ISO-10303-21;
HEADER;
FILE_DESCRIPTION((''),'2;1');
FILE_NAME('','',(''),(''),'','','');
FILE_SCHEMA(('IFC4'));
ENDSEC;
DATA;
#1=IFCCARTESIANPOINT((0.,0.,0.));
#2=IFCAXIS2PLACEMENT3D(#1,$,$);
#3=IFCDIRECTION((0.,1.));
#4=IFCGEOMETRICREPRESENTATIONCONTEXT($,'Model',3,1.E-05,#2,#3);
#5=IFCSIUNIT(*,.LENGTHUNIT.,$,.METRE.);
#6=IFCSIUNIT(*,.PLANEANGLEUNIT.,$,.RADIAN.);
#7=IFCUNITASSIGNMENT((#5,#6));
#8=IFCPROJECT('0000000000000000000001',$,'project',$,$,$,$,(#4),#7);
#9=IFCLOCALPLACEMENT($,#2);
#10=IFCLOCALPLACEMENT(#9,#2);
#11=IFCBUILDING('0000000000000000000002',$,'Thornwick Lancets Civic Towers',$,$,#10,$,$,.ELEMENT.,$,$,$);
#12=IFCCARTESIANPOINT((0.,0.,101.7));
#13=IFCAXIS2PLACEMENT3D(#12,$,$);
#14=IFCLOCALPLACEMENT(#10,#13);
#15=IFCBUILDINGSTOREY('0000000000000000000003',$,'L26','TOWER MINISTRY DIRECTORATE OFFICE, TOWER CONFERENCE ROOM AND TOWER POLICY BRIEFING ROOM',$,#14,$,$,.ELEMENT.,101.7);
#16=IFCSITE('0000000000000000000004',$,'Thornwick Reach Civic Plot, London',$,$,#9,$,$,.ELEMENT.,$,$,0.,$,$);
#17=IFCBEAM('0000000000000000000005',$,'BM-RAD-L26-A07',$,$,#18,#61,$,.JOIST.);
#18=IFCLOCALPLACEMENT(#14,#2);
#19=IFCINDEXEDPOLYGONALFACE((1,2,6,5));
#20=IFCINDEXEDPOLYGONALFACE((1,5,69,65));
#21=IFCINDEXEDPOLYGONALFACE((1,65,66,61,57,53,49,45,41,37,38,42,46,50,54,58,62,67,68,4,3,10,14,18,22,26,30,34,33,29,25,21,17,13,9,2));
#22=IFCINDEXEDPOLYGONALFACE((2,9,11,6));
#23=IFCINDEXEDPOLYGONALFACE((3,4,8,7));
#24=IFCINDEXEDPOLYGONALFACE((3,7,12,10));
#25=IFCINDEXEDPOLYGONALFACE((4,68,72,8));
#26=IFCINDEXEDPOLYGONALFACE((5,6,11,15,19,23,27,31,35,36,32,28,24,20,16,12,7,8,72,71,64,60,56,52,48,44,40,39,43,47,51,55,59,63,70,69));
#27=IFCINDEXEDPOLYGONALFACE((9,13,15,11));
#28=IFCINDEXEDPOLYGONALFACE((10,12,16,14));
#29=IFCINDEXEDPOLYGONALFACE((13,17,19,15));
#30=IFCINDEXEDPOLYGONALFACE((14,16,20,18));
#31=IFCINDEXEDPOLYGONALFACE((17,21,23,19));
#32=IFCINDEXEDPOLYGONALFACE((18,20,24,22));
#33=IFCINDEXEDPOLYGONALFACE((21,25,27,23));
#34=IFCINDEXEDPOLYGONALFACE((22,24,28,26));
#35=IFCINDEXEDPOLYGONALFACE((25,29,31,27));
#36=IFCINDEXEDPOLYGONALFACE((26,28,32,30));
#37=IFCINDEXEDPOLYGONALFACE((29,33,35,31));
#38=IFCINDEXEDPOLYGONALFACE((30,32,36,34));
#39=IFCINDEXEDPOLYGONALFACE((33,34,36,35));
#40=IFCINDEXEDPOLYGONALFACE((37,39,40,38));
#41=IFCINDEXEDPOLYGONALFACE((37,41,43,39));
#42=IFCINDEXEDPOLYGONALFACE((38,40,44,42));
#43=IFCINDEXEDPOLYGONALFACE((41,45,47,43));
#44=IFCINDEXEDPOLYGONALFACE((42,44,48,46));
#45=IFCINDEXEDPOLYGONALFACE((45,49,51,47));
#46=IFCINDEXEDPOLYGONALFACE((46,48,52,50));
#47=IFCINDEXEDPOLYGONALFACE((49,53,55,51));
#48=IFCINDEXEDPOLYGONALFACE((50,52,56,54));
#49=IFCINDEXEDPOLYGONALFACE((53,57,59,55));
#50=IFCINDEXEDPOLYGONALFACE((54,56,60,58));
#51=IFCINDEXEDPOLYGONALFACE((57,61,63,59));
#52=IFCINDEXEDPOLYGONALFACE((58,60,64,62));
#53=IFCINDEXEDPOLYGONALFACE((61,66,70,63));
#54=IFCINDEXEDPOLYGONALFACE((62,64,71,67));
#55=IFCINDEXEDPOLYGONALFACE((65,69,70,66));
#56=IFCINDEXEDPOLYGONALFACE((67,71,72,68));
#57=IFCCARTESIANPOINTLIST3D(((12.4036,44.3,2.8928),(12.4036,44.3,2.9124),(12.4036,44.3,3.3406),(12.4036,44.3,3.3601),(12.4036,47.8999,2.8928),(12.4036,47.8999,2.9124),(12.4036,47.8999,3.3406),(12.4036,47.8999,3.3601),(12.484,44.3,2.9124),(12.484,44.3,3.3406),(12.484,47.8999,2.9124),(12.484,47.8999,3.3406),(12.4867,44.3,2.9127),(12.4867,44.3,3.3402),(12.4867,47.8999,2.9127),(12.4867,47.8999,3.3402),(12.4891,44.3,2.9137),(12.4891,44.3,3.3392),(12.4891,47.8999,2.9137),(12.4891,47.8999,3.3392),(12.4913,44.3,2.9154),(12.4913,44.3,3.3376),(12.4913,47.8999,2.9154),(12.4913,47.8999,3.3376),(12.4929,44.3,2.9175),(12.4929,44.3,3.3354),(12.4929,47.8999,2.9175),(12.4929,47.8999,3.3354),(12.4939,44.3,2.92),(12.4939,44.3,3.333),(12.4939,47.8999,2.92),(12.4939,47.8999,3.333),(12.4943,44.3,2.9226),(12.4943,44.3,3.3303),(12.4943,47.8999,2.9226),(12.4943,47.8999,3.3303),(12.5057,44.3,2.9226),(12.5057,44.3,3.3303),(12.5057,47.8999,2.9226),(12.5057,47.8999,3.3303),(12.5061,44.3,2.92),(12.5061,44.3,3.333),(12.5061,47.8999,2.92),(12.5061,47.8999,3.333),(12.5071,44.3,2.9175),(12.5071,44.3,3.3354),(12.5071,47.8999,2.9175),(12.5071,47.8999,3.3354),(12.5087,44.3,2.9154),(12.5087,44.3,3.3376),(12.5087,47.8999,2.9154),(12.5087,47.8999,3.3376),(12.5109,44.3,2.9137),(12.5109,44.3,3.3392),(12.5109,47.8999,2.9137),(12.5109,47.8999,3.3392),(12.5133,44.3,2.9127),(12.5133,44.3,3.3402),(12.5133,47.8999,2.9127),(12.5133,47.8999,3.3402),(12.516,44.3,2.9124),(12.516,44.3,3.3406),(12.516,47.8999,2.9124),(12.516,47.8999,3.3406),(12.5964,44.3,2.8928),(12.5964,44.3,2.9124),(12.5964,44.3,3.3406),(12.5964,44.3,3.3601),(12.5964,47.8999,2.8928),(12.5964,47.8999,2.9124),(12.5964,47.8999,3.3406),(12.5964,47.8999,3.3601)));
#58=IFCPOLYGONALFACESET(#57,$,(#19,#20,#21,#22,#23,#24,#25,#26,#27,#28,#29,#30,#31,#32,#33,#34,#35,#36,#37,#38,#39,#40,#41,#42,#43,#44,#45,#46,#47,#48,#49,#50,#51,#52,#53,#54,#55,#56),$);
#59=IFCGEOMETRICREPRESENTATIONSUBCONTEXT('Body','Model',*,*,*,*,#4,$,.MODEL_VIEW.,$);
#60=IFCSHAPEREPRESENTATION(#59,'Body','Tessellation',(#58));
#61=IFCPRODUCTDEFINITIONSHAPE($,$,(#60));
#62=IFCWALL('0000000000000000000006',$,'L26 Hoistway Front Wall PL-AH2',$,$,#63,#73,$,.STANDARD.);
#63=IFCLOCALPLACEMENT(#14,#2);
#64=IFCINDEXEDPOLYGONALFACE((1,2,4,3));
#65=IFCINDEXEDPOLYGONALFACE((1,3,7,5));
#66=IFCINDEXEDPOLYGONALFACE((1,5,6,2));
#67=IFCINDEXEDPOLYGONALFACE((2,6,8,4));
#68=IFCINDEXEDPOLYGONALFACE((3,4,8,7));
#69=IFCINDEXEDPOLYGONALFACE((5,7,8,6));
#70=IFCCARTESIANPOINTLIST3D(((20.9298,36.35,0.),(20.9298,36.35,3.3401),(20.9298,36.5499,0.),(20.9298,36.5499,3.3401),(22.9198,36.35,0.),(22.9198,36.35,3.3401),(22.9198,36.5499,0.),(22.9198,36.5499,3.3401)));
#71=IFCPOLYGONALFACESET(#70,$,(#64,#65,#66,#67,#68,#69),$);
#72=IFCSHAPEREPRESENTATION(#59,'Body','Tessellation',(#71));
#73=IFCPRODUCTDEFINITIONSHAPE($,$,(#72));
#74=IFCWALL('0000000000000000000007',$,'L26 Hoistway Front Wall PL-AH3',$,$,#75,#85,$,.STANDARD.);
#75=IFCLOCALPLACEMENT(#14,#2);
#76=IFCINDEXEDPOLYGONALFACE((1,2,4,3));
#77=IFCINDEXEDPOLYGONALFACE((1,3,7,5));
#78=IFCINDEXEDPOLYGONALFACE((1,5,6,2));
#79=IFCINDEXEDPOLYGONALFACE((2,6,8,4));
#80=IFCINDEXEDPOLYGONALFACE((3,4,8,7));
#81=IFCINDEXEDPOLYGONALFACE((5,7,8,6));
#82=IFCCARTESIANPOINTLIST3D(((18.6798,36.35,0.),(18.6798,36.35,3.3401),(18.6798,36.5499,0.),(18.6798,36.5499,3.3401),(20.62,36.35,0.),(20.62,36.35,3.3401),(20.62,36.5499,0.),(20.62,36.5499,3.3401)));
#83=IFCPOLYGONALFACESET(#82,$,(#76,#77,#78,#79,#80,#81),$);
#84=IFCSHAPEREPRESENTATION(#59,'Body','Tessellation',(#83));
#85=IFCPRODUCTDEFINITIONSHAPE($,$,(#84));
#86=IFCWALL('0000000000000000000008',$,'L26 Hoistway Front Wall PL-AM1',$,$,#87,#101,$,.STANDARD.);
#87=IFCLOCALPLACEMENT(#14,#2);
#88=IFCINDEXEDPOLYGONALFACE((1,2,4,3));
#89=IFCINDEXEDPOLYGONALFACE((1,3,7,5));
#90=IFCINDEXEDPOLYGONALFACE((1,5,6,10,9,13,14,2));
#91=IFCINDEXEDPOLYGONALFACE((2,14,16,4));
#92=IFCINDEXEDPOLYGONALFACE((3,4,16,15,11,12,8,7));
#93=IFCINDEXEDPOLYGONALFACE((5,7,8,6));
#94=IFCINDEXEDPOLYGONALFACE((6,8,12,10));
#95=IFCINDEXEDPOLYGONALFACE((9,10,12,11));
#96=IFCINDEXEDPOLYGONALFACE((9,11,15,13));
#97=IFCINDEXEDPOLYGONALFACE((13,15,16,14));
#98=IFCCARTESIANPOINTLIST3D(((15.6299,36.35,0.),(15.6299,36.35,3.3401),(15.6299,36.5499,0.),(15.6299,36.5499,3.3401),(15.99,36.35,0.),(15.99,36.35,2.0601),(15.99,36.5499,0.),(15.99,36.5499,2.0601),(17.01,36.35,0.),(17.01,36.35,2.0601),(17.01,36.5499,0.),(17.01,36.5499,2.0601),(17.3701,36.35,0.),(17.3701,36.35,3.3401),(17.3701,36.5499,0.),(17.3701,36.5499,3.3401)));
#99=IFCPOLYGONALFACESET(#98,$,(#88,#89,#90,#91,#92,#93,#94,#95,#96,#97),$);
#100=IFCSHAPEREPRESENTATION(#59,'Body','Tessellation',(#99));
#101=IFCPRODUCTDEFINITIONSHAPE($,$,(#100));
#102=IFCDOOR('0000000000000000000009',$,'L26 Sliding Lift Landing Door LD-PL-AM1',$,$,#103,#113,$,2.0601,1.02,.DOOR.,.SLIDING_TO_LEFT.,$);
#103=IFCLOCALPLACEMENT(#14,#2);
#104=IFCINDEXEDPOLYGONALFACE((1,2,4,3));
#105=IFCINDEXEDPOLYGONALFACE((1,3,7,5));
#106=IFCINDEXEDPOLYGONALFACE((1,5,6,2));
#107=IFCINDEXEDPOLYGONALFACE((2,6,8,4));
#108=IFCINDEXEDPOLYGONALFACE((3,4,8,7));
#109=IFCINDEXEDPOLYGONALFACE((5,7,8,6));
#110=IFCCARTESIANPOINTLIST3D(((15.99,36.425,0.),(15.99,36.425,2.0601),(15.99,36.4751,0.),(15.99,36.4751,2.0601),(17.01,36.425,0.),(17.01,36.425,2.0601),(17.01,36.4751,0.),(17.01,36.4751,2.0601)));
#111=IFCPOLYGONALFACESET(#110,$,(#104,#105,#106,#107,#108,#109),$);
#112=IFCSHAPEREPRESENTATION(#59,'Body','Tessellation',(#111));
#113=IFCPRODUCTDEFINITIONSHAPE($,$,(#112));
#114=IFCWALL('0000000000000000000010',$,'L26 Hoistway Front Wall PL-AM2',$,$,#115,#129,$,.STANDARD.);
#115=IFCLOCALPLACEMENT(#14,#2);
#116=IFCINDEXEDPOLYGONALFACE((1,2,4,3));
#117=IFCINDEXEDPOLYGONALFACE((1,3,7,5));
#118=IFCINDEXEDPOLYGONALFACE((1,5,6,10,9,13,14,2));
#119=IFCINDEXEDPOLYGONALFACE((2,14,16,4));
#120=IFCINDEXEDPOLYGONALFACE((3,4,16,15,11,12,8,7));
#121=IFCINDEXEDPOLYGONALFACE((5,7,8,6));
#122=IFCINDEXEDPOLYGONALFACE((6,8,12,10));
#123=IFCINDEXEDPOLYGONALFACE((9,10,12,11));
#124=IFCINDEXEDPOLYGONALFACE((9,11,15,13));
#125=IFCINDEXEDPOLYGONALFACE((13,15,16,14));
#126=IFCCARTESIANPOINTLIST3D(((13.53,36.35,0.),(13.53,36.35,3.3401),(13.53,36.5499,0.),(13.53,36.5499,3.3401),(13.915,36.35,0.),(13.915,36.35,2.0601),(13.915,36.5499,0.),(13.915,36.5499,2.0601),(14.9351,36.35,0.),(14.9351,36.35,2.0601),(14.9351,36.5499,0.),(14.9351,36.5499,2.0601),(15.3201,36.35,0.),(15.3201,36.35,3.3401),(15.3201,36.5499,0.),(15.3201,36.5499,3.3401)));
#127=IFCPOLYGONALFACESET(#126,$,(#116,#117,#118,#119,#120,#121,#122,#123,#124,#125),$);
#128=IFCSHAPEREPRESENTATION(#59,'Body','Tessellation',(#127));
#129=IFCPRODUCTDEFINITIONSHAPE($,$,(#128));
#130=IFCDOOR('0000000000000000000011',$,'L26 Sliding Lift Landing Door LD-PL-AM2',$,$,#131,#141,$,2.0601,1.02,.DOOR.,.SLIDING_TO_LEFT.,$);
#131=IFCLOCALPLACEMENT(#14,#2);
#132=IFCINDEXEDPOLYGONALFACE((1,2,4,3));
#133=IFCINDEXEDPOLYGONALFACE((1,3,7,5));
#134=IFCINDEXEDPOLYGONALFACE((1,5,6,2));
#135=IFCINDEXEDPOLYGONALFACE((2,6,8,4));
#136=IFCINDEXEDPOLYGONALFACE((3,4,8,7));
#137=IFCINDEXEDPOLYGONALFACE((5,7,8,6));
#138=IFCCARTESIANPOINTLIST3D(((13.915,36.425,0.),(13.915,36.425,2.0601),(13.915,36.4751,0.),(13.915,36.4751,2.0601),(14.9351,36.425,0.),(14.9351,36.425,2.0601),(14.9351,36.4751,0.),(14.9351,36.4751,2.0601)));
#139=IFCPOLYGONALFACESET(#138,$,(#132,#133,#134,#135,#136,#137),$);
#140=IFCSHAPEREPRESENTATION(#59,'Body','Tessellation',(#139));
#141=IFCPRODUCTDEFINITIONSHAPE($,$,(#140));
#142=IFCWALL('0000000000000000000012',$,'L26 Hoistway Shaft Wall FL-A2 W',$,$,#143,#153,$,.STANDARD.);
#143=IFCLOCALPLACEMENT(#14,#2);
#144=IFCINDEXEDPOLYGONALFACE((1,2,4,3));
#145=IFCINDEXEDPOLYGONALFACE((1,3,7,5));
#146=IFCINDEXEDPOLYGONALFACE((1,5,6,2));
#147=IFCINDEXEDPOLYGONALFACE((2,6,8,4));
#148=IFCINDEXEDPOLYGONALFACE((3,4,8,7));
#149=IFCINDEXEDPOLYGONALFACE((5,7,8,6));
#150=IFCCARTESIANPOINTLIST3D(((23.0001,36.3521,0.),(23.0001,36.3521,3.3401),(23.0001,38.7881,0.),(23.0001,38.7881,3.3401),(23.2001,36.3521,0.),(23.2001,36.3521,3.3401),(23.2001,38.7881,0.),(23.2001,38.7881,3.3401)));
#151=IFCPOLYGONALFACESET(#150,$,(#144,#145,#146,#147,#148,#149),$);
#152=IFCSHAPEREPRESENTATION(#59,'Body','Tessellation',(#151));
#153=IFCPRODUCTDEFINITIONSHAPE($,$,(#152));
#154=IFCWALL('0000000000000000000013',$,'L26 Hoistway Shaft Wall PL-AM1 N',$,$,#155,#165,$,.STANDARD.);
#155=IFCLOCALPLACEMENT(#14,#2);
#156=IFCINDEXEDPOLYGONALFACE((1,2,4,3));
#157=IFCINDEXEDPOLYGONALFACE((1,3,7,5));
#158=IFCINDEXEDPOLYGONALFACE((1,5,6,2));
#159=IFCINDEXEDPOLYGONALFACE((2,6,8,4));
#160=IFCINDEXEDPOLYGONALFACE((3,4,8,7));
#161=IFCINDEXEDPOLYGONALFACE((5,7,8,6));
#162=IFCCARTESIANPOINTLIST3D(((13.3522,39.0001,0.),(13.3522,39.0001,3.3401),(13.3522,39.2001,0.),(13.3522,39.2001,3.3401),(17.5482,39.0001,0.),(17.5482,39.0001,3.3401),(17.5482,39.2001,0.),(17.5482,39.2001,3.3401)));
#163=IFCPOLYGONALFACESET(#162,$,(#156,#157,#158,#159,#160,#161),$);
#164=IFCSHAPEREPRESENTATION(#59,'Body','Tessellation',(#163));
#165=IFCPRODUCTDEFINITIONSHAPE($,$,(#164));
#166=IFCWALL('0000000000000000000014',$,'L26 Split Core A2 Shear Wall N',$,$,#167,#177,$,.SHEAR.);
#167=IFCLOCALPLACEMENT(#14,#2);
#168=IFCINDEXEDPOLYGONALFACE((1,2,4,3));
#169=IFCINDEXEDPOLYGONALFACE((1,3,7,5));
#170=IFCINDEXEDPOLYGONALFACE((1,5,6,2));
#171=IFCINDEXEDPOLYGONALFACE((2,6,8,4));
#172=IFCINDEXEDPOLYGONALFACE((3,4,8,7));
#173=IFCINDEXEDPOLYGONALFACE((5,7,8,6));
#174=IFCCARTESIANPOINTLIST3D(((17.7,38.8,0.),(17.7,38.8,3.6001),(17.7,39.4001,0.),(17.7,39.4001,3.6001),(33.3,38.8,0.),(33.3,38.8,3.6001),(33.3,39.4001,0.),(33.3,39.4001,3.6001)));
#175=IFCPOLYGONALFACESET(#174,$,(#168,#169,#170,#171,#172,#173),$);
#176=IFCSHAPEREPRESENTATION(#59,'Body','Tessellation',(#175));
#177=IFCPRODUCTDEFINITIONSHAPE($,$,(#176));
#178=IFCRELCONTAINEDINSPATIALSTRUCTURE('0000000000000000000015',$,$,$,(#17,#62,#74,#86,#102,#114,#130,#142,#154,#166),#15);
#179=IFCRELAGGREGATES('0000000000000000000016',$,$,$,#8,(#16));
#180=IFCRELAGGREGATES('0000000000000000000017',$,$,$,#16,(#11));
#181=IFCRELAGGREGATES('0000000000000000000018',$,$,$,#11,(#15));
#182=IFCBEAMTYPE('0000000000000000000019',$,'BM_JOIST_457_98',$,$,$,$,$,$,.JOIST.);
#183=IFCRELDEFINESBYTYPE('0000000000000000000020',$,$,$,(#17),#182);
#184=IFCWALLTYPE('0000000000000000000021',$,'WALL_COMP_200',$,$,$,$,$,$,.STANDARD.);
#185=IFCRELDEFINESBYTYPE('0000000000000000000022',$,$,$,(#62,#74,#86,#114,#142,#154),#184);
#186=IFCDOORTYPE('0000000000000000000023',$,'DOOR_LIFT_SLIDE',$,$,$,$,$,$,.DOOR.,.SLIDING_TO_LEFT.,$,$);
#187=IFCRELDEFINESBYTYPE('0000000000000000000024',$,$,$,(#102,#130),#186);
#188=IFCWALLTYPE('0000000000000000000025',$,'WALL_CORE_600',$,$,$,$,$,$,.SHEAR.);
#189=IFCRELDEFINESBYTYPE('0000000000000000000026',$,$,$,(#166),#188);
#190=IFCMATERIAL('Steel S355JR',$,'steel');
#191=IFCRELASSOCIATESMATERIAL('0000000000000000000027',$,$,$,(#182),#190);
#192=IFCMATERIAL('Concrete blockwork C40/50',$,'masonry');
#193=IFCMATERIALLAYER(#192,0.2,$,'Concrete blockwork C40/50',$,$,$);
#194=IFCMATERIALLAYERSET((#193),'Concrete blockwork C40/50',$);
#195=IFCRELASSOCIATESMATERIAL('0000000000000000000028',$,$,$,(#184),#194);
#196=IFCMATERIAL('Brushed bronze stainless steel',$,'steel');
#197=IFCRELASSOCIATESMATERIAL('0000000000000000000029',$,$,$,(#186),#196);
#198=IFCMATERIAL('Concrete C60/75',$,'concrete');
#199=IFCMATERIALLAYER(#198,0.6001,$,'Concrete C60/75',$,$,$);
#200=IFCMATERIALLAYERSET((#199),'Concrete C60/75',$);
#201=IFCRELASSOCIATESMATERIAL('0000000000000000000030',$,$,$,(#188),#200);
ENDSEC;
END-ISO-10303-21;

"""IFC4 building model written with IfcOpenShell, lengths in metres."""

from ifc_helpers import new_model, si_unit, direction, frame, frame_2d, origin, origin_2d, place, context, subcontext, project, spatial, rectangle, i_section, extrude, material, layer, layer_set, material_profile, profile_set, type_object, element, fill, save


model = new_model("IFC4")

# Units and contexts
model_context = context("Model", 3, precision=1e-05, world=origin(), true_north=direction((0.0, 1.0)))
body_context = subcontext(model_context, "Body", "Model", "MODEL_VIEW")
ifc_project = project(units=[si_unit("LENGTHUNIT", "METRE"), si_unit("PLANEANGLEUNIT", "RADIAN")], contexts=[model_context])

# Site, building, storey
site_placement = place(None, origin())
site = spatial("IfcSite", under=ifc_project, at=site_placement, Name="Thornwick Reach Civic Plot, London", CompositionType="ELEMENT", RefElevation=0.0)
building_placement = place(site_placement, origin())
building = spatial("IfcBuilding", under=site, at=building_placement, Name="Thornwick Lancets Civic Towers", CompositionType="ELEMENT")
storey_placement = place(building_placement, frame((0.0, 0.0, 101.7)))
storey = spatial("IfcBuildingStorey", under=building, at=storey_placement, Name="L26", Description="TOWER MINISTRY DIRECTORATE OFFICE, TOWER CONFERENCE ROOM AND TOWER POLICY BRIEFING ROOM", CompositionType="ELEMENT", Elevation=101.7)

# Shared definitions
ifc_material_1 = material(Name="Concrete C60/75", Category="concrete")

# Beam
ifc_material_2 = material(Name="Steel S355JR", Category="steel")
ifc_material_profile_1 = material_profile(ifc_material_2, i_section(OverallWidth=0.1929, OverallDepth=0.4673, WebThickness=0.0115, FlangeThickness=0.0195, FilletRadius=0.0103, at=origin_2d()), Name="UKB 457x191x98")
ifc_profile_set_1 = profile_set([ifc_material_profile_1], Name="Steel S355JR")
beam_type_1 = type_object("IfcBeamType", Name="BM_JOIST_457_98", PredefinedType="JOIST", material=ifc_profile_set_1)
beam_1_placement = place(storey_placement, frame((12.5, 44.3, 3.1265), z_axis=(0.0, 1.0, 0.0), x_axis=(-1.0, 0.0, 0.0)))
element("IfcBeam", 1, at=beam_1_placement, inside=storey, type_object=beam_type_1, Name="BM-RAD-L26-A07", PredefinedType="JOIST", context=body_context, shape_type="SweptSolid", body=[
    extrude(i_section(OverallWidth=0.1929, OverallDepth=0.4673, WebThickness=0.0115, FlangeThickness=0.0195, FilletRadius=0.0103, at=origin_2d()), origin(), (0.0, 0.0, 1.0), 3.5999),
])

# Walls
ifc_material_3 = material(Name="Concrete blockwork C40/50", Category="masonry")
ifc_layer_1 = layer(ifc_material_3, 0.2, Name="Concrete blockwork C40/50")
ifc_layer_set_1 = layer_set([ifc_layer_1], Name="Concrete blockwork C40/50")
wall_type_1 = type_object("IfcWallType", Name="WALL_COMP_200", PredefinedType="STANDARD", material=ifc_layer_set_1)
wall_1_placement = place(storey_placement, frame((22.9199, 36.45, 0.0), z_axis=(0.0, 0.0, 1.0), x_axis=(-1.0, 0.0, 0.0)))
element("IfcWall", 2, at=wall_1_placement, inside=storey, type_object=wall_type_1, Name="L26 Hoistway Front Wall PL-AH2", PredefinedType="STANDARD", context=body_context, shape_type="SweptSolid", body=[
    extrude(rectangle(XDim=1.99, YDim=0.2, at=frame_2d((0.9951, 0.0))), origin(), (0.0, 0.0, 1.0), 3.3401),
])
wall_2_placement = place(storey_placement, frame((20.6201, 36.45, 0.0), z_axis=(0.0, 0.0, 1.0), x_axis=(-1.0, 0.0, 0.0)))
element("IfcWall", 3, at=wall_2_placement, inside=storey, type_object=wall_type_1, Name="L26 Hoistway Front Wall PL-AH3", PredefinedType="STANDARD", context=body_context, shape_type="SweptSolid", body=[
    extrude(rectangle(XDim=1.9402, YDim=0.2, at=frame_2d((0.9702, 0.0))), origin(), (0.0, 0.0, 1.0), 3.3401),
])

# Walls, openings, doors
wall_3_placement = place(storey_placement, frame((17.3701, 36.45, 0.0), z_axis=(0.0, 0.0, 1.0), x_axis=(-1.0, 0.0, 0.0)))
wall_3 = element("IfcWall", 4, at=wall_3_placement, inside=storey, type_object=wall_type_1, Name="L26 Hoistway Front Wall PL-AM1", PredefinedType="STANDARD", context=body_context, shape_type="SweptSolid", body=[
    extrude(rectangle(XDim=1.7402, YDim=0.2, at=frame_2d((0.8701, 0.0))), origin(), (0.0, 0.0, 1.0), 3.3401),
])
opening_1_placement = place(wall_3_placement, frame((0.3601, 0.0, 0.0)))
opening_1 = element("IfcOpeningElement", 5, at=opening_1_placement, cuts=wall_3, PredefinedType="OPENING", context=body_context, shape_type="SweptSolid", body=[
    extrude(rectangle(XDim=1.02, YDim=2.0601, at=frame_2d((0.51, 1.03))), frame((0.0, 0.1099, 0.0), z_axis=(0.0, -1.0, 0.0), x_axis=(1.0, 0.0, 0.0)), (0.0, 0.0, 1.0), 0.22),
])
ifc_material_4 = material(Name="Brushed bronze stainless steel", Category="steel")
door_type = type_object("IfcDoorType", Name="DOOR_LIFT_SLIDE", OperationType="SLIDING_TO_LEFT", PredefinedType="DOOR", material=ifc_material_4)
door_1_placement = place(opening_1_placement, origin())
door_1 = element("IfcDoor", 6, at=door_1_placement, inside=storey, type_object=door_type, Name="L26 Sliding Lift Landing Door LD-PL-AM1", OperationType="SLIDING_TO_LEFT", OverallHeight=2.0601, OverallWidth=1.02, PredefinedType="DOOR", context=body_context, shape_type="SweptSolid", body=[
    extrude(rectangle(XDim=1.02, YDim=2.0601, at=frame_2d((0.51, 1.03))), frame((0.0, 0.0249, 0.0), z_axis=(0.0, -1.0, 0.0), x_axis=(1.0, 0.0, 0.0)), (0.0, 0.0, 1.0), 0.05),
])
fill(opening_1, door_1)
wall_4_placement = place(storey_placement, frame((15.3201, 36.45, 0.0), z_axis=(0.0, 0.0, 1.0), x_axis=(-1.0, 0.0, 0.0)))
wall_4 = element("IfcWall", 7, at=wall_4_placement, inside=storey, type_object=wall_type_1, Name="L26 Hoistway Front Wall PL-AM2", PredefinedType="STANDARD", context=body_context, shape_type="SweptSolid", body=[
    extrude(rectangle(XDim=1.79, YDim=0.2, at=frame_2d((0.895, 0.0))), origin(), (0.0, 0.0, 1.0), 3.3401),
])
opening_2_placement = place(wall_4_placement, frame((0.385, 0.0, 0.0)))
opening_2 = element("IfcOpeningElement", 8, at=opening_2_placement, cuts=wall_4, PredefinedType="OPENING", context=body_context, shape_type="SweptSolid", body=[
    extrude(rectangle(XDim=1.02, YDim=2.0601, at=frame_2d((0.51, 1.03))), frame((0.0, 0.1099, 0.0), z_axis=(0.0, -1.0, 0.0), x_axis=(1.0, 0.0, 0.0)), (0.0, 0.0, 1.0), 0.22),
])
door_2_placement = place(opening_2_placement, origin())
door_2 = element("IfcDoor", 9, at=door_2_placement, inside=storey, type_object=door_type, Name="L26 Sliding Lift Landing Door LD-PL-AM2", OperationType="SLIDING_TO_LEFT", OverallHeight=2.0601, OverallWidth=1.02, PredefinedType="DOOR", context=body_context, shape_type="SweptSolid", body=[
    extrude(rectangle(XDim=1.02, YDim=2.0601, at=frame_2d((0.51, 1.03))), frame((0.0, 0.0249, 0.0), z_axis=(0.0, -1.0, 0.0), x_axis=(1.0, 0.0, 0.0)), (0.0, 0.0, 1.0), 0.05),
])
fill(opening_2, door_2)

# Walls
wall_5_placement = place(storey_placement, frame((23.1001, 36.3521, 0.0), z_axis=(0.0, 0.0, 1.0), x_axis=(0.0, 1.0, 0.0)))
element("IfcWall", 10, at=wall_5_placement, inside=storey, type_object=wall_type_1, Name="L26 Hoistway Shaft Wall FL-A2 W", PredefinedType="STANDARD", context=body_context, shape_type="SweptSolid", body=[
    extrude(rectangle(XDim=2.436, YDim=0.2, at=frame_2d((1.218, 0.0))), origin(), (0.0, 0.0, 1.0), 3.3401),
])
wall_6_placement = place(storey_placement, frame((13.3521, 39.1001, 0.0), z_axis=(0.0, 0.0, 1.0), x_axis=(1.0, 0.0, 0.0)))
element("IfcWall", 11, at=wall_6_placement, inside=storey, type_object=wall_type_1, Name="L26 Hoistway Shaft Wall PL-AM1 N", PredefinedType="STANDARD", context=body_context, shape_type="SweptSolid", body=[
    extrude(rectangle(XDim=4.196, YDim=0.2, at=frame_2d((2.0981, 0.0))), origin(), (0.0, 0.0, 1.0), 3.3401),
])
ifc_layer_2 = layer(ifc_material_1, 0.6001, Name="Concrete C60/75")
ifc_layer_set_2 = layer_set([ifc_layer_2], Name="Concrete C60/75")
wall_type_2 = type_object("IfcWallType", Name="WALL_CORE_600", PredefinedType="SHEAR", material=ifc_layer_set_2)
wall_7_placement = place(storey_placement, frame((17.7, 39.1001, 0.0), z_axis=(0.0, 0.0, 1.0), x_axis=(1.0, 0.0, 0.0)))
element("IfcWall", 12, at=wall_7_placement, inside=storey, type_object=wall_type_2, Name="L26 Split Core A2 Shear Wall N", PredefinedType="SHEAR", context=body_context, shape_type="SweptSolid", body=[
    extrude(rectangle(XDim=15.6001, YDim=0.6001, at=frame_2d((7.8, 0.0))), origin(), (0.0, 0.0, 1.0), 3.6001),
])

save(model, "model.ifc")
